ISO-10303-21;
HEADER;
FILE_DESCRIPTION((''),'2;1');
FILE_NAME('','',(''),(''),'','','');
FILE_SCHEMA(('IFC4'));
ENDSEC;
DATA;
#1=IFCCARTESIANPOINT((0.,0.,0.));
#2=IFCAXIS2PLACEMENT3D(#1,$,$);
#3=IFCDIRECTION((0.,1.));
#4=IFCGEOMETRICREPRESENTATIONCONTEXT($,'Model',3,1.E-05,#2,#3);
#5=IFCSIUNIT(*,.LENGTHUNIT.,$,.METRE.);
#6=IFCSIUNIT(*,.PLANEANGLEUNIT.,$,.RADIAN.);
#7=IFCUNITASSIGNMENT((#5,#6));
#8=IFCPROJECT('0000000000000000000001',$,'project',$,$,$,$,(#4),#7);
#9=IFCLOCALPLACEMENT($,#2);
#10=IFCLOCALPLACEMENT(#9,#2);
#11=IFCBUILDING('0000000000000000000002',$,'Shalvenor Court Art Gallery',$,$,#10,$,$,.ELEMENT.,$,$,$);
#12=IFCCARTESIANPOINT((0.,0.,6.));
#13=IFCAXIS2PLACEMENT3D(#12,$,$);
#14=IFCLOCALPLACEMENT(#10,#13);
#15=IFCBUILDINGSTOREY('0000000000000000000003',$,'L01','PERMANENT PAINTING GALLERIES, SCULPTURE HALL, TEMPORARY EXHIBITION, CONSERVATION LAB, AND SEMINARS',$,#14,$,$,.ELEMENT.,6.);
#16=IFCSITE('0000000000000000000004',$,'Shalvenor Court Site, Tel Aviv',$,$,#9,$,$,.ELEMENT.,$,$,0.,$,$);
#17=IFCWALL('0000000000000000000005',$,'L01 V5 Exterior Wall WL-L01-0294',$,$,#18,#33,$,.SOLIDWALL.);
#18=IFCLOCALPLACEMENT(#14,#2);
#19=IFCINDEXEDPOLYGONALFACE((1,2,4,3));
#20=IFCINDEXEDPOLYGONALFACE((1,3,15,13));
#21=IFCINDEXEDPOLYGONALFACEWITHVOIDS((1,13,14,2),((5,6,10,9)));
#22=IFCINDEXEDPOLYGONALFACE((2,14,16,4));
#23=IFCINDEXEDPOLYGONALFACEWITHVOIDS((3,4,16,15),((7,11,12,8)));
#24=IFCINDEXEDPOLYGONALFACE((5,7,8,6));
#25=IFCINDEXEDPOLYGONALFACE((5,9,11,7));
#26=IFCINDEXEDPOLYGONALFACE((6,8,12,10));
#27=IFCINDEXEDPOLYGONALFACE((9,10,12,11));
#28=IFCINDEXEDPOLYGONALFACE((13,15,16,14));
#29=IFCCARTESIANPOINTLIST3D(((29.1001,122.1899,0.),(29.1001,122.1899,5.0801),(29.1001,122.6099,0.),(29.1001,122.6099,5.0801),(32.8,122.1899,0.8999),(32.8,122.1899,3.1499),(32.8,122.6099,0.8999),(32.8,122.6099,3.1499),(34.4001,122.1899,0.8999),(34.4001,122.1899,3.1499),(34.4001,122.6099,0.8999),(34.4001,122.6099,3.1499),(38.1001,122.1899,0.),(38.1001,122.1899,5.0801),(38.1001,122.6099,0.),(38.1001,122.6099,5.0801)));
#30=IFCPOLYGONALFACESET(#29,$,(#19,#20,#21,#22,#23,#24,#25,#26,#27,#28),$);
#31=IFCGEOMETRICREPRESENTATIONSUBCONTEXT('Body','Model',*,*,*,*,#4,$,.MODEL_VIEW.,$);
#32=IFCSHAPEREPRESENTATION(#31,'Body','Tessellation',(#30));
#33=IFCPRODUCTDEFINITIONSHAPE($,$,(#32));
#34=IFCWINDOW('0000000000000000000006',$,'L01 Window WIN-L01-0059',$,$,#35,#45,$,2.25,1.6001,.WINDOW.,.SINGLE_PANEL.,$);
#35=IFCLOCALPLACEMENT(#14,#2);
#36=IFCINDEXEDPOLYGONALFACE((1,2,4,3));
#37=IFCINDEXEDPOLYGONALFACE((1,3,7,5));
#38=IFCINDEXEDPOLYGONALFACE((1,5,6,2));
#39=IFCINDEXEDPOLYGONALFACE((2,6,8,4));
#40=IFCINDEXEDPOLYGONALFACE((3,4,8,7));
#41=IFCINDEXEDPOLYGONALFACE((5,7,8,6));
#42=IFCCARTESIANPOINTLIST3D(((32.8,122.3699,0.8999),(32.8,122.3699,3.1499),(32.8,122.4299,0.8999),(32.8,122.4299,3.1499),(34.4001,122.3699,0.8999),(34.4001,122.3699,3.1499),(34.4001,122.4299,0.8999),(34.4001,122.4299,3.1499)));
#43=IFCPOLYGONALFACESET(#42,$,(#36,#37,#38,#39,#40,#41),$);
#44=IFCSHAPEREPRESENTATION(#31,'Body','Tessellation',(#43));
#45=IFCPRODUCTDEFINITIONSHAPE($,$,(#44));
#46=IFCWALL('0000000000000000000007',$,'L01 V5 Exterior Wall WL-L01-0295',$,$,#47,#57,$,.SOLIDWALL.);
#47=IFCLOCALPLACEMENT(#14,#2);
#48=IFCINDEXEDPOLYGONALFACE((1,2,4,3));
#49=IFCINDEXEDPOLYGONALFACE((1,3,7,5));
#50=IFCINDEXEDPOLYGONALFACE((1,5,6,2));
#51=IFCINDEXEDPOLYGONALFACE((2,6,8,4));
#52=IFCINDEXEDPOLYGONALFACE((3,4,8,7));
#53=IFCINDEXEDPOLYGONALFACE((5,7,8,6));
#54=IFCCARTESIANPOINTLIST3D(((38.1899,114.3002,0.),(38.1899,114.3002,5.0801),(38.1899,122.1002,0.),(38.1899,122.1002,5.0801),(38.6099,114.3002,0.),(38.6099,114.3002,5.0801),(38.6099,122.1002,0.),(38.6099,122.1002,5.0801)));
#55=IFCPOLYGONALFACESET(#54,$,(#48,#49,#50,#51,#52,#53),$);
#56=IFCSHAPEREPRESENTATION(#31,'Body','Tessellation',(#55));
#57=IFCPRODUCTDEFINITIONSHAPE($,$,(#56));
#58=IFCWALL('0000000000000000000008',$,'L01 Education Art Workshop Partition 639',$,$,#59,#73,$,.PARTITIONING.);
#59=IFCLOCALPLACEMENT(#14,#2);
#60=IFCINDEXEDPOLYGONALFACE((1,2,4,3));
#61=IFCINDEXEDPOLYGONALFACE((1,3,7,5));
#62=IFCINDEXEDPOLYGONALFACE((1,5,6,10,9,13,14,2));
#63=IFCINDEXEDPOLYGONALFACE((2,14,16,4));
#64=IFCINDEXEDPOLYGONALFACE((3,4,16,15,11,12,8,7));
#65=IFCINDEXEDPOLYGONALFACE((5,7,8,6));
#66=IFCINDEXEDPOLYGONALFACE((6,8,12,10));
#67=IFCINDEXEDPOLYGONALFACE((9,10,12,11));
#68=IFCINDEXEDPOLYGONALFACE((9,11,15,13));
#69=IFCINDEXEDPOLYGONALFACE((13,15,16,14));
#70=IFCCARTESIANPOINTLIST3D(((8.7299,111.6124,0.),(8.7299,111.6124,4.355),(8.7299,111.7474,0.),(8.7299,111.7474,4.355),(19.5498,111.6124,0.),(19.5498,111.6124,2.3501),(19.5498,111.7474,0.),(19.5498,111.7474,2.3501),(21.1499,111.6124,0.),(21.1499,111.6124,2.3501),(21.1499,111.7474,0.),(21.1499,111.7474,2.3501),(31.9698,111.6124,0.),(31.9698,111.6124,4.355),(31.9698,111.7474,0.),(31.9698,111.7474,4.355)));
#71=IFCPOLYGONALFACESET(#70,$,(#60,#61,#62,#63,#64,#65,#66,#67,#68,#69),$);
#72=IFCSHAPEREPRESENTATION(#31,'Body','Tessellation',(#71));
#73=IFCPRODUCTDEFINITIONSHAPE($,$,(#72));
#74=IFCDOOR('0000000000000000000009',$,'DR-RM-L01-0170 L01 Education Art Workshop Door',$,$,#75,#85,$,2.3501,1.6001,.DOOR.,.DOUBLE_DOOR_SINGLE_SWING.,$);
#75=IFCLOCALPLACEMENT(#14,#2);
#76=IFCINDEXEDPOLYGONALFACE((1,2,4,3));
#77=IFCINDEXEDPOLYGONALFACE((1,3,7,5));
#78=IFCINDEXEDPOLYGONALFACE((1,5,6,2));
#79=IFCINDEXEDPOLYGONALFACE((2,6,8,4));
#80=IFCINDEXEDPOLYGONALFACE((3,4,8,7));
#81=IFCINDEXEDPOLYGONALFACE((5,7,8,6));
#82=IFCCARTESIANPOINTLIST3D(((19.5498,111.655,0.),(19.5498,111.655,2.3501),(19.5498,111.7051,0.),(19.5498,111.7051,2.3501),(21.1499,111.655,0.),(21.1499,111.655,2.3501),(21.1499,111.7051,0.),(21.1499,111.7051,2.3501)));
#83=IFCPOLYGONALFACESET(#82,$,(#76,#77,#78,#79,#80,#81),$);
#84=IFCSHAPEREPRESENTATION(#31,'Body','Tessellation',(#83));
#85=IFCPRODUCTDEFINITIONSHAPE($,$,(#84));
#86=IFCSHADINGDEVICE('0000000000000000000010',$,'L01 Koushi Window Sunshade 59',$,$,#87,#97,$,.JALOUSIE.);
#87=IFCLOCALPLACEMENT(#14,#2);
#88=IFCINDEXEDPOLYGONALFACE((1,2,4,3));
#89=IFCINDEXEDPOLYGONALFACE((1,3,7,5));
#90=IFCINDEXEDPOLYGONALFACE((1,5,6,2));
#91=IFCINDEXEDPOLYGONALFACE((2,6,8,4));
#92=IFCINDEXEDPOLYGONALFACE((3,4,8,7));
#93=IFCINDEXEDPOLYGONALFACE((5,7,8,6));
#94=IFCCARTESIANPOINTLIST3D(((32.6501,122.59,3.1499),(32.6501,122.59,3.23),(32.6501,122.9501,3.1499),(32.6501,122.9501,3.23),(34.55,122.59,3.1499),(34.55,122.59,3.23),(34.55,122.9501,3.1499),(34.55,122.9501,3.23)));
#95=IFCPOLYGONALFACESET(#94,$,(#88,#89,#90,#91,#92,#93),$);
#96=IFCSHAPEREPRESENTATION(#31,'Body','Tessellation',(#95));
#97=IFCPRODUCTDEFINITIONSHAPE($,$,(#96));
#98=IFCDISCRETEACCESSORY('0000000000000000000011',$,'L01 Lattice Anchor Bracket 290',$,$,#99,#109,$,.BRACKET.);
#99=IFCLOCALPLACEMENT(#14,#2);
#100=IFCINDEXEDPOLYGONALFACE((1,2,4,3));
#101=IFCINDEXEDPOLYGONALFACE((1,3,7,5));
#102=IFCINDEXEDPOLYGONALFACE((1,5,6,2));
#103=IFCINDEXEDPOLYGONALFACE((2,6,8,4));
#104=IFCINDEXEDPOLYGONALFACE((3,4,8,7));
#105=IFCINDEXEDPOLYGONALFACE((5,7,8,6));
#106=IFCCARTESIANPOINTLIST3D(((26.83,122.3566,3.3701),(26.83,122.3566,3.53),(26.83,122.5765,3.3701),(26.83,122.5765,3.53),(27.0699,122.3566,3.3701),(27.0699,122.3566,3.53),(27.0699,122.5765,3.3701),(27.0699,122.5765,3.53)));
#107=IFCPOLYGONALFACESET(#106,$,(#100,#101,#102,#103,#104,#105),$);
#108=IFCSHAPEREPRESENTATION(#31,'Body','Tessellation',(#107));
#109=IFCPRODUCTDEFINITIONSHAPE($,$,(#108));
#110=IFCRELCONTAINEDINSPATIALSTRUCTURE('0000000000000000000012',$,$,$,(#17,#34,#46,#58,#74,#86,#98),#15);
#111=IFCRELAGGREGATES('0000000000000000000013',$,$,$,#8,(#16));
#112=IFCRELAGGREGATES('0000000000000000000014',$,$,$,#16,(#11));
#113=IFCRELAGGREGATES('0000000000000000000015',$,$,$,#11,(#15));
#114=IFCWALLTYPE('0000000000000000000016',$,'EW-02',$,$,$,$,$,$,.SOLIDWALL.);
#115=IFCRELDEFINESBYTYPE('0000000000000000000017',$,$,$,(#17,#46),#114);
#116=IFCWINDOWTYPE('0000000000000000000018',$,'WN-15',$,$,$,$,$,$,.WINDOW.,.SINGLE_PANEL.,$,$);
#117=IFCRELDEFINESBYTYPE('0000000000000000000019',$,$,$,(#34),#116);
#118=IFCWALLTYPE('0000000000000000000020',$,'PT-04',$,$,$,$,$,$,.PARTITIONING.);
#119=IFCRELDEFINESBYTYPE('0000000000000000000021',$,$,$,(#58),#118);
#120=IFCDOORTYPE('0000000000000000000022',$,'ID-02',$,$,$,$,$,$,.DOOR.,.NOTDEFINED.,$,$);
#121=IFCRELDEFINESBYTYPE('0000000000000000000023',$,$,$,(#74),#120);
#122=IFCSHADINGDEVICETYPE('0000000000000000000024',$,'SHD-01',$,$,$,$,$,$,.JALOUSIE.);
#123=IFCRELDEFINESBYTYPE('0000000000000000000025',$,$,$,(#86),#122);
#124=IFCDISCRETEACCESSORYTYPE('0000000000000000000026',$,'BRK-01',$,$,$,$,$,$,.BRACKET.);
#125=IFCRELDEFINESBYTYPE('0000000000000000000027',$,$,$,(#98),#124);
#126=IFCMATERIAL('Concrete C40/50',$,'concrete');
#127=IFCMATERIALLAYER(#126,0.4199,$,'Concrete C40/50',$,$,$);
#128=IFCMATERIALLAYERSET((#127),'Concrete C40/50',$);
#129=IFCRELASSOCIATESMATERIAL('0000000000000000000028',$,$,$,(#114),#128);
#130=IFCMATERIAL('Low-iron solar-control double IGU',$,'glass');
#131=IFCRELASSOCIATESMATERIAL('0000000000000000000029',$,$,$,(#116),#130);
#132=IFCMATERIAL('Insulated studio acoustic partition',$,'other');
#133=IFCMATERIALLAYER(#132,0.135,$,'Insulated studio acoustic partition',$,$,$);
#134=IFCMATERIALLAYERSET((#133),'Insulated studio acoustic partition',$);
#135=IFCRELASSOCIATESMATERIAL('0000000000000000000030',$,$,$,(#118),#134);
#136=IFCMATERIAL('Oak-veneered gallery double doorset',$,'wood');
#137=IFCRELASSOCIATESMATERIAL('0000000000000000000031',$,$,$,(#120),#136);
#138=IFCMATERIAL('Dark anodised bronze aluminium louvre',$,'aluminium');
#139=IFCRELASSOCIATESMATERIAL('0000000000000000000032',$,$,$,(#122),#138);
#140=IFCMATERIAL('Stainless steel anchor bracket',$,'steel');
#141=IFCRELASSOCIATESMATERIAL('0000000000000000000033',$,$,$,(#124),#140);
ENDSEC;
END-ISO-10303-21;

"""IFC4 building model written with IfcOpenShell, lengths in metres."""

from ifc_helpers import new_model, si_unit, direction, frame, frame_2d, origin, origin_2d, place, context, subcontext, project, spatial, rectangle, extrude, material, layer, layer_set, type_object, element, fill, save


model = new_model("IFC4")

# Units and contexts
model_context = context("Model", 3, precision=1e-05, world=origin(), true_north=direction((0.0, 1.0)))
body_context = subcontext(model_context, "Body", "Model", "MODEL_VIEW")
ifc_project = project(units=[si_unit("LENGTHUNIT", "METRE"), si_unit("PLANEANGLEUNIT", "RADIAN")], contexts=[model_context])

# Site, building, storey
site_placement = place(None, origin())
site = spatial("IfcSite", under=ifc_project, at=site_placement, Name="Shalvenor Court Site, Tel Aviv", CompositionType="ELEMENT", RefElevation=0.0)
building_placement = place(site_placement, origin())
building = spatial("IfcBuilding", under=site, at=building_placement, Name="Shalvenor Court Art Gallery", CompositionType="ELEMENT")
storey_placement = place(building_placement, frame((0.0, 0.0, 6.0)))
storey = spatial("IfcBuildingStorey", under=building, at=storey_placement, Name="L01", Description="PERMANENT PAINTING GALLERIES, SCULPTURE HALL, TEMPORARY EXHIBITION, CONSERVATION LAB, AND SEMINARS", CompositionType="ELEMENT", Elevation=6.0)

# Wall, opening, window
ifc_material_1 = material(Name="Concrete C40/50", Category="concrete")
ifc_layer_1 = layer(ifc_material_1, 0.4199, Name="Concrete C40/50")
ifc_layer_set_1 = layer_set([ifc_layer_1], Name="Concrete C40/50")
wall_type_1 = type_object("IfcWallType", Name="EW-02", PredefinedType="SOLIDWALL", material=ifc_layer_set_1)
wall_1_placement = place(storey_placement, frame((29.1001, 122.3999, 0.0), z_axis=(0.0, 0.0, 1.0), x_axis=(1.0, 0.0, 0.0)))
wall_1 = element("IfcWall", 1, at=wall_1_placement, inside=storey, type_object=wall_type_1, Name="L01 V5 Exterior Wall WL-L01-0294", PredefinedType="SOLIDWALL", context=body_context, shape_type="SweptSolid", body=[
    extrude(rectangle(XDim=9.0, YDim=0.4199, at=frame_2d((4.5, 0.0))), origin(), (0.0, 0.0, 1.0), 5.0801),
])
opening_1_placement = place(wall_1_placement, frame((3.7, 0.0, 0.8999)))
opening_1 = element("IfcOpeningElement", 2, at=opening_1_placement, cuts=wall_1, PredefinedType="OPENING", context=body_context, shape_type="SweptSolid", body=[
    extrude(rectangle(XDim=1.6001, YDim=2.25, at=frame_2d((0.8, 1.125))), frame((0.0, 0.22, 0.0), z_axis=(0.0, -1.0, 0.0), x_axis=(1.0, 0.0, 0.0)), (0.0, 0.0, 1.0), 0.4399),
])
ifc_material_2 = material(Name="Low-iron solar-control double IGU", Category="glass")
window_type = type_object("IfcWindowType", Name="WN-15", PartitioningType="SINGLE_PANEL", PredefinedType="WINDOW", material=ifc_material_2)
window_placement = place(opening_1_placement, origin())
window = element("IfcWindow", 3, at=window_placement, inside=storey, type_object=window_type, Name="L01 Window WIN-L01-0059", OverallHeight=2.25, OverallWidth=1.6001, PartitioningType="SINGLE_PANEL", PredefinedType="WINDOW", context=body_context, shape_type="SweptSolid", body=[
    extrude(rectangle(XDim=1.6001, YDim=2.25, at=frame_2d((0.8, 1.125))), frame((0.0, 0.03, 0.0), z_axis=(0.0, -1.0, 0.0), x_axis=(1.0, 0.0, 0.0)), (0.0, 0.0, 1.0), 0.0601),
])
fill(opening_1, window)

# Wall
wall_2_placement = place(storey_placement, frame((38.3999, 122.1001, 0.0), z_axis=(0.0, 0.0, 1.0), x_axis=(0.0, -1.0, 0.0)))
element("IfcWall", 4, at=wall_2_placement, inside=storey, type_object=wall_type_1, Name="L01 V5 Exterior Wall WL-L01-0295", PredefinedType="SOLIDWALL", context=body_context, shape_type="SweptSolid", body=[
    extrude(rectangle(XDim=7.8, YDim=0.4199, at=frame_2d((3.8999, 0.0))), origin(), (0.0, 0.0, 1.0), 5.0801),
])

# Wall, opening, door
ifc_material_3 = material(Name="Insulated studio acoustic partition", Category="other")
ifc_layer_2 = layer(ifc_material_3, 0.135, Name="Insulated studio acoustic partition")
ifc_layer_set_2 = layer_set([ifc_layer_2], Name="Insulated studio acoustic partition")
wall_type_2 = type_object("IfcWallType", Name="PT-04", PredefinedType="PARTITIONING", material=ifc_layer_set_2)
wall_3_placement = place(storey_placement, frame((31.97, 111.6799, 0.0), z_axis=(0.0, 0.0, 1.0), x_axis=(-1.0, 0.0, 0.0)))
wall_3 = element("IfcWall", 5, at=wall_3_placement, inside=storey, type_object=wall_type_2, Name="L01 Education Art Workshop Partition 639", PredefinedType="PARTITIONING", context=body_context, shape_type="SweptSolid", body=[
    extrude(rectangle(XDim=23.24, YDim=0.135, at=frame_2d((11.6201, 0.0))), origin(), (0.0, 0.0, 1.0), 4.355),
])
opening_2_placement = place(wall_3_placement, frame((10.8201, 0.0, 0.0)))
opening_2 = element("IfcOpeningElement", 6, at=opening_2_placement, cuts=wall_3, PredefinedType="OPENING", context=body_context, shape_type="SweptSolid", body=[
    extrude(rectangle(XDim=1.6001, YDim=2.3501, at=frame_2d((0.8, 1.175))), frame((0.0, 0.0774, 0.0), z_axis=(0.0, -1.0, 0.0), x_axis=(1.0, 0.0, 0.0)), (0.0, 0.0, 1.0), 0.155),
])
ifc_material_4 = material(Name="Oak-veneered gallery double doorset", Category="wood")
door_type_1 = type_object("IfcDoorType", Name="ID-02", OperationType="NOTDEFINED", PredefinedType="DOOR", material=ifc_material_4)
door_1_placement = place(opening_2_placement, origin())
door_1 = element("IfcDoor", 7, at=door_1_placement, inside=storey, type_object=door_type_1, Name="DR-RM-L01-0170 L01 Education Art Workshop Door", OperationType="DOUBLE_DOOR_SINGLE_SWING", OverallHeight=2.3501, OverallWidth=1.6001, PredefinedType="DOOR", context=body_context, shape_type="SweptSolid", body=[
    extrude(rectangle(XDim=1.6001, YDim=2.3501, at=frame_2d((0.8, 1.175))), frame((0.0, 0.0249, 0.0), z_axis=(0.0, -1.0, 0.0), x_axis=(1.0, 0.0, 0.0)), (0.0, 0.0, 1.0), 0.05),
])
fill(opening_2, door_1)

# Shading device
ifc_material_5 = material(Name="Dark anodised bronze aluminium louvre", Category="aluminium")
shading_device_type = type_object("IfcShadingDeviceType", Name="SHD-01", PredefinedType="JALOUSIE", material=ifc_material_5)
shading_device_placement = place(storey_placement, frame((33.6001, 122.77, 3.1499), z_axis=(0.0, 0.0, 1.0), x_axis=(1.0, 0.0, 0.0)))
element("IfcShadingDevice", 8, at=shading_device_placement, inside=storey, type_object=shading_device_type, Name="L01 Koushi Window Sunshade 59", PredefinedType="JALOUSIE", context=body_context, shape_type="SweptSolid", body=[
    extrude(rectangle(XDim=1.8999, YDim=0.3601, at=origin_2d()), origin(), (0.0, 0.0, 1.0), 0.0801),
])

# Discrete accessory
ifc_material_6 = material(Name="Stainless steel anchor bracket", Category="steel")
discrete_accessory_type = type_object("IfcDiscreteAccessoryType", Name="BRK-01", PredefinedType="BRACKET", material=ifc_material_6)
discrete_accessory_placement = place(storey_placement, frame((26.95, 122.4666, 3.3701), z_axis=(0.0, 0.0, 1.0), x_axis=(1.0, 0.0, 0.0)))
element("IfcDiscreteAccessory", 9, at=discrete_accessory_placement, inside=storey, type_object=discrete_accessory_type, Name="L01 Lattice Anchor Bracket 290", PredefinedType="BRACKET", context=body_context, shape_type="SweptSolid", body=[
    extrude(rectangle(XDim=0.24, YDim=0.22, at=origin_2d()), origin(), (0.0, 0.0, 1.0), 0.1599),
])

save(model, "model.ifc")
